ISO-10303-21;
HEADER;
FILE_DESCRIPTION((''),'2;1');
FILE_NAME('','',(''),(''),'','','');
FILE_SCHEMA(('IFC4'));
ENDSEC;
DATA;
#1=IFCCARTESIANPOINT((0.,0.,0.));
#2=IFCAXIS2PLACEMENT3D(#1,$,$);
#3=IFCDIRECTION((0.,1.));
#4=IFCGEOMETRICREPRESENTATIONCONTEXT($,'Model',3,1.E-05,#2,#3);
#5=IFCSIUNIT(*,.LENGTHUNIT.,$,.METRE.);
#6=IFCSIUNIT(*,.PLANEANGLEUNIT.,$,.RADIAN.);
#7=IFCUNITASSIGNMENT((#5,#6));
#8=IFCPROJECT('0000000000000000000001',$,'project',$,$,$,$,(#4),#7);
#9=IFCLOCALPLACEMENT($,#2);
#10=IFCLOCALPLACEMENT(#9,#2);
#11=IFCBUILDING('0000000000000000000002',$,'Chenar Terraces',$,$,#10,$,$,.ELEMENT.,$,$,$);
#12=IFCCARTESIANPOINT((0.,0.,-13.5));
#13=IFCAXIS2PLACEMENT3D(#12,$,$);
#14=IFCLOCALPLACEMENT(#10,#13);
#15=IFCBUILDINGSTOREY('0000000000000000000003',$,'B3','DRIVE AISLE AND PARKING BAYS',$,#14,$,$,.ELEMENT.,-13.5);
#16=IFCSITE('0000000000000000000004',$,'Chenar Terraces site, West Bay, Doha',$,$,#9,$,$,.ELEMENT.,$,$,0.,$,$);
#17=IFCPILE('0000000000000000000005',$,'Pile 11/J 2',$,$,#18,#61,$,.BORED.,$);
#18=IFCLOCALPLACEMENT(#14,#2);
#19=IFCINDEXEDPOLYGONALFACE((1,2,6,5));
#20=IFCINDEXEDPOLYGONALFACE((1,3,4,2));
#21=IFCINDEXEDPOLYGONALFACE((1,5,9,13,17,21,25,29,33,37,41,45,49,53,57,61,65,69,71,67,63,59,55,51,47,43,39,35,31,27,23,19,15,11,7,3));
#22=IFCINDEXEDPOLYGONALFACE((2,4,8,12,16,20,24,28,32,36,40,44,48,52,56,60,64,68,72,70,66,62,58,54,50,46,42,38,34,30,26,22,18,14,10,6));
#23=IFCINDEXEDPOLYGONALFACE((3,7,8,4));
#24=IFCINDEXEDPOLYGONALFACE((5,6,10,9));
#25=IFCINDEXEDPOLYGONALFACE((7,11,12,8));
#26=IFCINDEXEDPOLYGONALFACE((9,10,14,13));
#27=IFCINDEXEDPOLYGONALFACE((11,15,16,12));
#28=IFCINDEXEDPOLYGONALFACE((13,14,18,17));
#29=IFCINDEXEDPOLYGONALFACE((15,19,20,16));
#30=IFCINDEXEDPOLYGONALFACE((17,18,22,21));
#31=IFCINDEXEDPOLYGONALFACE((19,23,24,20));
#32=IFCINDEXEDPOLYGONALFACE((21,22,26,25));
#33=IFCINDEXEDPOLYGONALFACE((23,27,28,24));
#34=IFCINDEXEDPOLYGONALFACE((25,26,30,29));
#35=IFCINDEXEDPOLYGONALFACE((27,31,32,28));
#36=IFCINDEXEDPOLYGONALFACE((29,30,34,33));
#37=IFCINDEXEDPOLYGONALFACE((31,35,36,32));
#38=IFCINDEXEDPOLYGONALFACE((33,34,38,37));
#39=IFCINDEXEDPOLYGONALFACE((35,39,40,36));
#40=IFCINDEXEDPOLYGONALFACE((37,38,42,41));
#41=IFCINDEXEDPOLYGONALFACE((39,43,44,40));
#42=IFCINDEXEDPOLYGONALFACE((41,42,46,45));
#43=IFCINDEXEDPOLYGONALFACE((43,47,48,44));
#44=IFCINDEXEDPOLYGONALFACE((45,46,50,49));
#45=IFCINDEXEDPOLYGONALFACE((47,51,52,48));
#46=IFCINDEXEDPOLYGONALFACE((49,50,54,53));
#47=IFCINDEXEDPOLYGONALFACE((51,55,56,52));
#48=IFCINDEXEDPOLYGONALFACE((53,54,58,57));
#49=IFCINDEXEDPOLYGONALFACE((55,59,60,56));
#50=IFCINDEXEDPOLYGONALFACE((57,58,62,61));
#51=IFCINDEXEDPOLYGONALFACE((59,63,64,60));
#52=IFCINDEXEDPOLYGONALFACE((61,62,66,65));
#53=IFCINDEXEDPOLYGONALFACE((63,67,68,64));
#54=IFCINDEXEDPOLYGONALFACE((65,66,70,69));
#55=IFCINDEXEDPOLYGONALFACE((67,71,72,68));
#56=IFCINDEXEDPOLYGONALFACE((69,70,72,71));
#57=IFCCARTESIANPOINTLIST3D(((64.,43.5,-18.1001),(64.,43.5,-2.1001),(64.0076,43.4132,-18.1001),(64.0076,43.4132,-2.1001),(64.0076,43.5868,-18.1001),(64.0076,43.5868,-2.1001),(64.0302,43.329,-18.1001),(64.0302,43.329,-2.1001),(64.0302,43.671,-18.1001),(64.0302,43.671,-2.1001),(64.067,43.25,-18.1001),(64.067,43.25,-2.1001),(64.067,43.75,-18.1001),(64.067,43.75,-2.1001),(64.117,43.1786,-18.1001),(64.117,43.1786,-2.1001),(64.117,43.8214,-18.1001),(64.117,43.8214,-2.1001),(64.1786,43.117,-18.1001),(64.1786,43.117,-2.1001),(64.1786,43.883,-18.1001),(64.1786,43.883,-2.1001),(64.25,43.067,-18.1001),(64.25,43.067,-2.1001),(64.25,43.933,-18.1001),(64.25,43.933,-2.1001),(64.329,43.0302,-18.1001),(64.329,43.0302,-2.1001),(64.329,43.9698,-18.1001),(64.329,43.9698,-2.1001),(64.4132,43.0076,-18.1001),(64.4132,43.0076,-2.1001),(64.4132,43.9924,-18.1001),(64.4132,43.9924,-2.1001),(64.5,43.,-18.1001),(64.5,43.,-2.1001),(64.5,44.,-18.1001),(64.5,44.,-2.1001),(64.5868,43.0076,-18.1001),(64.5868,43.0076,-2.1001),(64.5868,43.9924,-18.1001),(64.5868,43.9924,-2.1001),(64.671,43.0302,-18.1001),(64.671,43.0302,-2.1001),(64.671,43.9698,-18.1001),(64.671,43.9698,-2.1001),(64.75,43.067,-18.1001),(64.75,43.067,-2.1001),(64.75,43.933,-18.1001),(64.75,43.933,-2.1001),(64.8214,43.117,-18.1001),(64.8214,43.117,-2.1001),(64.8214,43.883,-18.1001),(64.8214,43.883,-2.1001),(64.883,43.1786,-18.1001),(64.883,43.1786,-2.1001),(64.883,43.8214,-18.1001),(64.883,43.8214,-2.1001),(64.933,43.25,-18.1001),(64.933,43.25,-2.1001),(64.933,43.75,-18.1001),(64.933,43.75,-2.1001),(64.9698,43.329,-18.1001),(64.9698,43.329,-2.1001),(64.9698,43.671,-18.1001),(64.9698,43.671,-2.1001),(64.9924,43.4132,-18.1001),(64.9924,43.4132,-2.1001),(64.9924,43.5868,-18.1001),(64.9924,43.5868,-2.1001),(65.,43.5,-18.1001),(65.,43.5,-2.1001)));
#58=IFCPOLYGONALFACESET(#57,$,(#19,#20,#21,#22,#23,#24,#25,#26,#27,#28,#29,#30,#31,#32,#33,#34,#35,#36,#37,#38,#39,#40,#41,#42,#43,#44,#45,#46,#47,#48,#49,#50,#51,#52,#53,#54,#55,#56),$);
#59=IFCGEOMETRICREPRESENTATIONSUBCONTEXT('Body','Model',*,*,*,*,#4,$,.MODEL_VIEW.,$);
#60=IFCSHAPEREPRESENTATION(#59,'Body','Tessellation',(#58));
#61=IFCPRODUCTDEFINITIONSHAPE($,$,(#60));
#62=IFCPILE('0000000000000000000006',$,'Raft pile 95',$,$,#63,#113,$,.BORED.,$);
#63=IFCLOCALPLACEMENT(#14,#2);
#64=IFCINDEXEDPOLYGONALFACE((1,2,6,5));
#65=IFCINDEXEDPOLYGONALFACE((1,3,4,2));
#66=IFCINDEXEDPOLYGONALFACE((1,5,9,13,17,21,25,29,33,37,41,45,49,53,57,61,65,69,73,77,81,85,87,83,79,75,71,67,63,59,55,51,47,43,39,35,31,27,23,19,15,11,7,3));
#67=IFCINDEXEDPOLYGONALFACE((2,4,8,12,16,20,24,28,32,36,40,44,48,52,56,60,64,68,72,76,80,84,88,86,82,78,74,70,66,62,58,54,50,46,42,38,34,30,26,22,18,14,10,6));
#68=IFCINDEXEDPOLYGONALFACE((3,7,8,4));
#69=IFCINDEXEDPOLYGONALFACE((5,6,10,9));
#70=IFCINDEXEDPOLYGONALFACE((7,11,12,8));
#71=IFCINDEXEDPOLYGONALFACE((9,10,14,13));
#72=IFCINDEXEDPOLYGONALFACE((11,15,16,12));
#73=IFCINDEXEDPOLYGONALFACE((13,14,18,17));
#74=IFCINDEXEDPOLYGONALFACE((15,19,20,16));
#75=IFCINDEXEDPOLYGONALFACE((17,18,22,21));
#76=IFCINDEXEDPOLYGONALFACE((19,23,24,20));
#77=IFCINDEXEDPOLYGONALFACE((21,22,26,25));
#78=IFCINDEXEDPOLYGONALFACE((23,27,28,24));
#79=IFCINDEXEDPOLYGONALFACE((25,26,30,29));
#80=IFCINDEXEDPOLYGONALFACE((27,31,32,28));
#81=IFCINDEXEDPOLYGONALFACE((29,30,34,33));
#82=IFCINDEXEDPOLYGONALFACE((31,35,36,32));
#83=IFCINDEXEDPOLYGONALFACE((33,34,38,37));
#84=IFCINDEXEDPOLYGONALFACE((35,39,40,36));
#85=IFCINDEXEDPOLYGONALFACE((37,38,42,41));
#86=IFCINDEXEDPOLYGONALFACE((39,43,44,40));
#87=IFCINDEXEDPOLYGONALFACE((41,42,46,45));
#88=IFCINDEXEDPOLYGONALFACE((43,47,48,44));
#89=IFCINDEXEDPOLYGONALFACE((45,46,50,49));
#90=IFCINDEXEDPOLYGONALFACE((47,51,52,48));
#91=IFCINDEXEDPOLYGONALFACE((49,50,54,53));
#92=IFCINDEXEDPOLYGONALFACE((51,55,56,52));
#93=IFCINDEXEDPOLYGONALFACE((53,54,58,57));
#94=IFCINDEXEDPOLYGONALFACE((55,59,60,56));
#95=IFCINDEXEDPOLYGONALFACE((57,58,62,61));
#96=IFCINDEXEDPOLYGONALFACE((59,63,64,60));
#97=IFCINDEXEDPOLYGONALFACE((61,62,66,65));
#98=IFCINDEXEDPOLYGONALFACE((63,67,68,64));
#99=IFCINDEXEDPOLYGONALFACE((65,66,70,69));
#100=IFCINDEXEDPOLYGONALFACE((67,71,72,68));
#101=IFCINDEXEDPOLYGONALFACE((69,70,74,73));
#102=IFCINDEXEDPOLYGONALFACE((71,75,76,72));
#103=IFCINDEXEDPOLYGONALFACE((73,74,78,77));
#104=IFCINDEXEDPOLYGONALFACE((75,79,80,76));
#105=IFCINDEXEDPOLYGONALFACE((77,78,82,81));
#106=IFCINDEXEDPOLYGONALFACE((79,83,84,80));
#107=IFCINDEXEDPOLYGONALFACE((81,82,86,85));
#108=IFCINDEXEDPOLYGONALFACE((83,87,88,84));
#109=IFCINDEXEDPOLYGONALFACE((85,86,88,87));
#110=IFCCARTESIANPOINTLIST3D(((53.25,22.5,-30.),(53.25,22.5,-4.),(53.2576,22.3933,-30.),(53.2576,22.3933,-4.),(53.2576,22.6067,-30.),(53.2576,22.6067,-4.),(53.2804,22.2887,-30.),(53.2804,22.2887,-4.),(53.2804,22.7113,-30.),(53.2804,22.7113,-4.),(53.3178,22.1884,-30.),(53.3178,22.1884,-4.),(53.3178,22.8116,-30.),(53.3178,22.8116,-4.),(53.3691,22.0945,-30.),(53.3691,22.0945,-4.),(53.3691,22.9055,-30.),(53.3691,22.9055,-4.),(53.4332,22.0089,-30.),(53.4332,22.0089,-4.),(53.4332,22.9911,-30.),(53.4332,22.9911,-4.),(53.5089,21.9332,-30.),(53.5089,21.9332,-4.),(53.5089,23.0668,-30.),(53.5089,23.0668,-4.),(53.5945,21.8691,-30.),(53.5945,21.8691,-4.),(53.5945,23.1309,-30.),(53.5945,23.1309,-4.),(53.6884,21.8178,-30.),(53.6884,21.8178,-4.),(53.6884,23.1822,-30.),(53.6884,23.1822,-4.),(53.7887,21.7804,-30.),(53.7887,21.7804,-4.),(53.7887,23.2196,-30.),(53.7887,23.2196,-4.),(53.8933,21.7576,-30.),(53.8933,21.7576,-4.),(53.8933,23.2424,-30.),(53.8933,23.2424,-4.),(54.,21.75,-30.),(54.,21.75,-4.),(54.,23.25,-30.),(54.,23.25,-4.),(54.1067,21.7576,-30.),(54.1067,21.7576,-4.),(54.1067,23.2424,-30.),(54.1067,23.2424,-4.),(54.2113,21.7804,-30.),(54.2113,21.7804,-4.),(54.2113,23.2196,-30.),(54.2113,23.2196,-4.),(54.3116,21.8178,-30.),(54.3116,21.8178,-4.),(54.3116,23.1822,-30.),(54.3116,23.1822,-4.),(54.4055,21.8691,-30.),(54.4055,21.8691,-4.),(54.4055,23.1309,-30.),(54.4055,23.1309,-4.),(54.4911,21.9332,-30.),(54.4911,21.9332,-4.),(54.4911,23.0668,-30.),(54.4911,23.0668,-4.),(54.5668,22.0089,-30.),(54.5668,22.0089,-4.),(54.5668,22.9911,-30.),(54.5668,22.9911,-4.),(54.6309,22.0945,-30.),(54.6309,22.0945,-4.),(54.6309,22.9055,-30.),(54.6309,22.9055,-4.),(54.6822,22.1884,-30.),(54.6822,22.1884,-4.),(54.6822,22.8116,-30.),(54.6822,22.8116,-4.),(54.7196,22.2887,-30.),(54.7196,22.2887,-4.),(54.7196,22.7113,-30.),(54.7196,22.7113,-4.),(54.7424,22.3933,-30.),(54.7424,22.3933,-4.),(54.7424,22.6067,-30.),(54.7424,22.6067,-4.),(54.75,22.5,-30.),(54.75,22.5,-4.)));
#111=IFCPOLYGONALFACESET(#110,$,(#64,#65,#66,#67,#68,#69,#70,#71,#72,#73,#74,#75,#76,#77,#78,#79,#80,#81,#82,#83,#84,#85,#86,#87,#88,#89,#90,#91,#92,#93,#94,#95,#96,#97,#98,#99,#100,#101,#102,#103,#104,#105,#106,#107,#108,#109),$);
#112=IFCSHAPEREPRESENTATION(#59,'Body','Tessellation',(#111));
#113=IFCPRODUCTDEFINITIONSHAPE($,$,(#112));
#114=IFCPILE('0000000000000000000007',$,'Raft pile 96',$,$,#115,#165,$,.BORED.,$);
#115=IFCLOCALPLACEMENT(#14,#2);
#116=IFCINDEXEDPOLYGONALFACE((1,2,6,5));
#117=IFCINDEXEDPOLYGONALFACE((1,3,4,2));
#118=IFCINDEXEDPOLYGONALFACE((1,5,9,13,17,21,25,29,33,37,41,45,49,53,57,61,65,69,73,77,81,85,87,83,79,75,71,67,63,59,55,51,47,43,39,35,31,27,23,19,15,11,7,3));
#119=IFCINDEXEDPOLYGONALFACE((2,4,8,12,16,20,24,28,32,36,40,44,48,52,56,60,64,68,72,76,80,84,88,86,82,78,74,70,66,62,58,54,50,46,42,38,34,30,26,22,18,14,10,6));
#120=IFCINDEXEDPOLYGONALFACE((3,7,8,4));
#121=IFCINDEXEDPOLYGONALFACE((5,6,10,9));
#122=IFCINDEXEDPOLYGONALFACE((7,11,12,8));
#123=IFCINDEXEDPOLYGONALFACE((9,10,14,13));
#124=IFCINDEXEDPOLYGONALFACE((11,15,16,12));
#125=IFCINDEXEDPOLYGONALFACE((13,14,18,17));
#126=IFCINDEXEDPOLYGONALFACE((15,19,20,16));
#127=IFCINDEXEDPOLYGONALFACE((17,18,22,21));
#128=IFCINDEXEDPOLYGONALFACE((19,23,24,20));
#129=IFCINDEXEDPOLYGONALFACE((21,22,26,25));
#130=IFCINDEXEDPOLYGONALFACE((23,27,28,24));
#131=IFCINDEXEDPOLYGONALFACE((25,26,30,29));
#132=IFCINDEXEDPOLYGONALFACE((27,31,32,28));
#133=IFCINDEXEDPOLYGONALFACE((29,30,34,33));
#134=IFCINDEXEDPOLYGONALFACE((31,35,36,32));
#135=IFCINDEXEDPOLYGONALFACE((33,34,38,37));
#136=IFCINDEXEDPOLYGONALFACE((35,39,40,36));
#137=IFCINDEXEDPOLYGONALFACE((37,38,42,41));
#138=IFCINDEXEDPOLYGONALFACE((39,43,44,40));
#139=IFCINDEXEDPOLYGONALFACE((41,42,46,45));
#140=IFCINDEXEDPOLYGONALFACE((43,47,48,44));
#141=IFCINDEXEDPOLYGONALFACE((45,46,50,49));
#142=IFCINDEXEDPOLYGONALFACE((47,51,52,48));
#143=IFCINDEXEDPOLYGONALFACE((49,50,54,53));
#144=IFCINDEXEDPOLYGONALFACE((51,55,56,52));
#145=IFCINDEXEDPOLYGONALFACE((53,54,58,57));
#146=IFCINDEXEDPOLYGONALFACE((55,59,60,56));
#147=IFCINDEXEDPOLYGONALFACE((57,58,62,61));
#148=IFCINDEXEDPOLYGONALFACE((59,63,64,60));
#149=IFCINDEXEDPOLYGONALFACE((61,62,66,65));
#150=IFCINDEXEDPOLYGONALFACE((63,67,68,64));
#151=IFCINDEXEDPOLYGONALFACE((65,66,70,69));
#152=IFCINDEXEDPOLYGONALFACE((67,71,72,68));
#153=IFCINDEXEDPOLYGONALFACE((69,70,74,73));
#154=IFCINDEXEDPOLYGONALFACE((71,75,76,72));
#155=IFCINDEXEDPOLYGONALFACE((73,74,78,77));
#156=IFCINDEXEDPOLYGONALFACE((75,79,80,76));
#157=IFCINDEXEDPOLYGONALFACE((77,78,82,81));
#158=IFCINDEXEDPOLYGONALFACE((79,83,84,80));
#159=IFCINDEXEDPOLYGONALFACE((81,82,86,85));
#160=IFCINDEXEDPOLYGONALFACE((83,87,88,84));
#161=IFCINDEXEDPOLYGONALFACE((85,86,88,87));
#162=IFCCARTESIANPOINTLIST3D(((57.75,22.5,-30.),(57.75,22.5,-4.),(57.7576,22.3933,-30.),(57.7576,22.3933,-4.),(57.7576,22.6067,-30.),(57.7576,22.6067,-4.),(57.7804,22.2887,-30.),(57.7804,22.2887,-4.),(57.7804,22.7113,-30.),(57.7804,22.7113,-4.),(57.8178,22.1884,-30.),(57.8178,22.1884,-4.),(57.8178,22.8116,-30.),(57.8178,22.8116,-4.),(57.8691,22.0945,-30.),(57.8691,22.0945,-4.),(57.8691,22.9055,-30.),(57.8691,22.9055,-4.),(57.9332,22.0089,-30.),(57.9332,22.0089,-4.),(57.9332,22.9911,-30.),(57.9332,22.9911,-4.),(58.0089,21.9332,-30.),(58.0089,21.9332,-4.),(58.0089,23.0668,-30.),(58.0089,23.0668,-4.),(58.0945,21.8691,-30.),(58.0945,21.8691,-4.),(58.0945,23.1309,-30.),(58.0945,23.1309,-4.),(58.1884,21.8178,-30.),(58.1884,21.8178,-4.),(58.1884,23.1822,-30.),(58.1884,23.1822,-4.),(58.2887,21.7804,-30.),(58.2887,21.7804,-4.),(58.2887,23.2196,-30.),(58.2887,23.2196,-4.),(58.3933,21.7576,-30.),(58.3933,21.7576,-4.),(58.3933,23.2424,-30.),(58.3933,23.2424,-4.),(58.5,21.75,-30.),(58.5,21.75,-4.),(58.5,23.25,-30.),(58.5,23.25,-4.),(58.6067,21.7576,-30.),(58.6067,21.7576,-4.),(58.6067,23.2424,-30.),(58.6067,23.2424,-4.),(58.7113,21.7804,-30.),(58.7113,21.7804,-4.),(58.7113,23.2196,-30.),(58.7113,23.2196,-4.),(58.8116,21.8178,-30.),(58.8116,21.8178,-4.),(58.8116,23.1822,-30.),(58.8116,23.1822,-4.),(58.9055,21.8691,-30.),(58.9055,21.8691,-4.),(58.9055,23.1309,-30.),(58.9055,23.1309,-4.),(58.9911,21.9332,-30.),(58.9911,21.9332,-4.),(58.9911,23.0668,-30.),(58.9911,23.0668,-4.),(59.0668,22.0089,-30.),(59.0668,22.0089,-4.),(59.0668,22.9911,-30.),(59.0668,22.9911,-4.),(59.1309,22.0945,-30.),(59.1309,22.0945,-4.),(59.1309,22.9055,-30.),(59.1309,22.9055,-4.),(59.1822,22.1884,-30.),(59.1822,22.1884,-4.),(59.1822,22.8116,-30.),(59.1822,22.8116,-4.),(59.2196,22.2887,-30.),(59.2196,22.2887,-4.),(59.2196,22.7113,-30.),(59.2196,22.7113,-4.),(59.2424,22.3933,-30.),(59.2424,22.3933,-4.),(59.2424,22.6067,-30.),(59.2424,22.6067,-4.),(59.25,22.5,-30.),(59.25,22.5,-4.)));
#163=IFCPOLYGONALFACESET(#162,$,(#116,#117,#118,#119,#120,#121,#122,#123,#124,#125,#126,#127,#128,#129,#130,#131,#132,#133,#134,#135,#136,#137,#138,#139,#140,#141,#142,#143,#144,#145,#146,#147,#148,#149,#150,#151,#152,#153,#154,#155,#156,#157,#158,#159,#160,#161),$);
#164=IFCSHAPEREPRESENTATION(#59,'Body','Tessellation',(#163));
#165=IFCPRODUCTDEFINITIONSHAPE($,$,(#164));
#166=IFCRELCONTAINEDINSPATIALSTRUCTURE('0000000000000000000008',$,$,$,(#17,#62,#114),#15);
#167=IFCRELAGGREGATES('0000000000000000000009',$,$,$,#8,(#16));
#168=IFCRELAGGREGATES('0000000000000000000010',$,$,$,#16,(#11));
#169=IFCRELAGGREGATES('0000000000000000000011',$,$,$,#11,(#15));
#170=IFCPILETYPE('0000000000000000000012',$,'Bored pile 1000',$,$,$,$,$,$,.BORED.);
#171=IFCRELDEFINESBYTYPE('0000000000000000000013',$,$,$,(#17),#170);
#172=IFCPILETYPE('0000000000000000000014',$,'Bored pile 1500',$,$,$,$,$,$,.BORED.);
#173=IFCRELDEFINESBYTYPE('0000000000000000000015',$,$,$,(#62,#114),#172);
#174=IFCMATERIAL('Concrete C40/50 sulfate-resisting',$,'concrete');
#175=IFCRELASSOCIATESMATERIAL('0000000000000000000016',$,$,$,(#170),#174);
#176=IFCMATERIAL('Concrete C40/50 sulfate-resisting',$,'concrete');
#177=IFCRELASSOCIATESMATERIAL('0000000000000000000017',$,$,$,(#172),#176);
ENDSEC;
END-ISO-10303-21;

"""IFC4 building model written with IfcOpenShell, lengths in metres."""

from ifc_helpers import new_model, si_unit, direction, frame, origin, origin_2d, place, context, subcontext, project, spatial, circle, extrude, material, material_profile, profile_set, type_object, element, save


model = new_model("IFC4")

# Units and contexts
model_context = context("Model", 3, precision=1e-05, world=origin(), true_north=direction((0.0, 1.0)))
body_context = subcontext(model_context, "Body", "Model", "MODEL_VIEW")
ifc_project = project(units=[si_unit("LENGTHUNIT", "METRE"), si_unit("PLANEANGLEUNIT", "RADIAN")], contexts=[model_context])

# Site, building, storey
site_placement = place(None, origin())
site = spatial("IfcSite", under=ifc_project, at=site_placement, Name="Chenar Terraces site, West Bay, Doha", CompositionType="ELEMENT", RefElevation=0.0)
building_placement = place(site_placement, origin())
building = spatial("IfcBuilding", under=site, at=building_placement, Name="Chenar Terraces", CompositionType="ELEMENT")
storey_placement = place(building_placement, frame((0.0, 0.0, -13.5)))
storey = spatial("IfcBuildingStorey", under=building, at=storey_placement, Name="B3", Description="DRIVE AISLE AND PARKING BAYS", CompositionType="ELEMENT", Elevation=-13.5)

# Piles
ifc_material_1 = material(Name="Concrete C40/50 sulfate-resisting", Category="concrete")
ifc_material_profile_1 = material_profile(ifc_material_1, circle(Radius=0.5, at=origin_2d()), Name="BP 1000")
ifc_profile_set_1 = profile_set([ifc_material_profile_1], Name="Concrete C40/50 sulfate-resisting")
pile_type_1 = type_object("IfcPileType", Name="Bored pile 1000", PredefinedType="BORED", material=ifc_profile_set_1)
for number, where, z_axis, x_axis, name in (
    (1, (64.5, 43.5, -2.1001), (0.0, 0.0, -1.0), (1.0, 0.0, 0.0), "Pile 11/J 2"),
):
    element("IfcPile", number, at=place(storey_placement, frame(where, z_axis=z_axis, x_axis=x_axis)), inside=storey, type_object=pile_type_1, Name=name, PredefinedType="BORED", context=body_context, shape_type="SweptSolid", body=[
        extrude(circle(Radius=0.5, at=origin_2d()), origin(), (0.0, 0.0, 1.0), 16.0),
    ])
ifc_material_2 = material(Name="Concrete C40/50 sulfate-resisting", Category="concrete")
ifc_material_profile_2 = material_profile(ifc_material_2, circle(Radius=0.75, at=origin_2d()), Name="BP 1500")
ifc_profile_set_2 = profile_set([ifc_material_profile_2], Name="Concrete C40/50 sulfate-resisting")
pile_type_2 = type_object("IfcPileType", Name="Bored pile 1500", PredefinedType="BORED", material=ifc_profile_set_2)
for number, where, z_axis, x_axis, name in (
    (2, (54.0, 22.5, -4.0), (0.0, 0.0, -1.0), (1.0, 0.0, 0.0), "Raft pile 95"),
    (3, (58.5, 22.5, -4.0), (0.0, 0.0, -1.0), (1.0, 0.0, 0.0), "Raft pile 96"),
):
    element("IfcPile", number, at=place(storey_placement, frame(where, z_axis=z_axis, x_axis=x_axis)), inside=storey, type_object=pile_type_2, Name=name, PredefinedType="BORED", context=body_context, shape_type="SweptSolid", body=[
        extrude(circle(Radius=0.75, at=origin_2d()), origin(), (0.0, 0.0, 1.0), 26.0),
    ])

save(model, "model.ifc")
